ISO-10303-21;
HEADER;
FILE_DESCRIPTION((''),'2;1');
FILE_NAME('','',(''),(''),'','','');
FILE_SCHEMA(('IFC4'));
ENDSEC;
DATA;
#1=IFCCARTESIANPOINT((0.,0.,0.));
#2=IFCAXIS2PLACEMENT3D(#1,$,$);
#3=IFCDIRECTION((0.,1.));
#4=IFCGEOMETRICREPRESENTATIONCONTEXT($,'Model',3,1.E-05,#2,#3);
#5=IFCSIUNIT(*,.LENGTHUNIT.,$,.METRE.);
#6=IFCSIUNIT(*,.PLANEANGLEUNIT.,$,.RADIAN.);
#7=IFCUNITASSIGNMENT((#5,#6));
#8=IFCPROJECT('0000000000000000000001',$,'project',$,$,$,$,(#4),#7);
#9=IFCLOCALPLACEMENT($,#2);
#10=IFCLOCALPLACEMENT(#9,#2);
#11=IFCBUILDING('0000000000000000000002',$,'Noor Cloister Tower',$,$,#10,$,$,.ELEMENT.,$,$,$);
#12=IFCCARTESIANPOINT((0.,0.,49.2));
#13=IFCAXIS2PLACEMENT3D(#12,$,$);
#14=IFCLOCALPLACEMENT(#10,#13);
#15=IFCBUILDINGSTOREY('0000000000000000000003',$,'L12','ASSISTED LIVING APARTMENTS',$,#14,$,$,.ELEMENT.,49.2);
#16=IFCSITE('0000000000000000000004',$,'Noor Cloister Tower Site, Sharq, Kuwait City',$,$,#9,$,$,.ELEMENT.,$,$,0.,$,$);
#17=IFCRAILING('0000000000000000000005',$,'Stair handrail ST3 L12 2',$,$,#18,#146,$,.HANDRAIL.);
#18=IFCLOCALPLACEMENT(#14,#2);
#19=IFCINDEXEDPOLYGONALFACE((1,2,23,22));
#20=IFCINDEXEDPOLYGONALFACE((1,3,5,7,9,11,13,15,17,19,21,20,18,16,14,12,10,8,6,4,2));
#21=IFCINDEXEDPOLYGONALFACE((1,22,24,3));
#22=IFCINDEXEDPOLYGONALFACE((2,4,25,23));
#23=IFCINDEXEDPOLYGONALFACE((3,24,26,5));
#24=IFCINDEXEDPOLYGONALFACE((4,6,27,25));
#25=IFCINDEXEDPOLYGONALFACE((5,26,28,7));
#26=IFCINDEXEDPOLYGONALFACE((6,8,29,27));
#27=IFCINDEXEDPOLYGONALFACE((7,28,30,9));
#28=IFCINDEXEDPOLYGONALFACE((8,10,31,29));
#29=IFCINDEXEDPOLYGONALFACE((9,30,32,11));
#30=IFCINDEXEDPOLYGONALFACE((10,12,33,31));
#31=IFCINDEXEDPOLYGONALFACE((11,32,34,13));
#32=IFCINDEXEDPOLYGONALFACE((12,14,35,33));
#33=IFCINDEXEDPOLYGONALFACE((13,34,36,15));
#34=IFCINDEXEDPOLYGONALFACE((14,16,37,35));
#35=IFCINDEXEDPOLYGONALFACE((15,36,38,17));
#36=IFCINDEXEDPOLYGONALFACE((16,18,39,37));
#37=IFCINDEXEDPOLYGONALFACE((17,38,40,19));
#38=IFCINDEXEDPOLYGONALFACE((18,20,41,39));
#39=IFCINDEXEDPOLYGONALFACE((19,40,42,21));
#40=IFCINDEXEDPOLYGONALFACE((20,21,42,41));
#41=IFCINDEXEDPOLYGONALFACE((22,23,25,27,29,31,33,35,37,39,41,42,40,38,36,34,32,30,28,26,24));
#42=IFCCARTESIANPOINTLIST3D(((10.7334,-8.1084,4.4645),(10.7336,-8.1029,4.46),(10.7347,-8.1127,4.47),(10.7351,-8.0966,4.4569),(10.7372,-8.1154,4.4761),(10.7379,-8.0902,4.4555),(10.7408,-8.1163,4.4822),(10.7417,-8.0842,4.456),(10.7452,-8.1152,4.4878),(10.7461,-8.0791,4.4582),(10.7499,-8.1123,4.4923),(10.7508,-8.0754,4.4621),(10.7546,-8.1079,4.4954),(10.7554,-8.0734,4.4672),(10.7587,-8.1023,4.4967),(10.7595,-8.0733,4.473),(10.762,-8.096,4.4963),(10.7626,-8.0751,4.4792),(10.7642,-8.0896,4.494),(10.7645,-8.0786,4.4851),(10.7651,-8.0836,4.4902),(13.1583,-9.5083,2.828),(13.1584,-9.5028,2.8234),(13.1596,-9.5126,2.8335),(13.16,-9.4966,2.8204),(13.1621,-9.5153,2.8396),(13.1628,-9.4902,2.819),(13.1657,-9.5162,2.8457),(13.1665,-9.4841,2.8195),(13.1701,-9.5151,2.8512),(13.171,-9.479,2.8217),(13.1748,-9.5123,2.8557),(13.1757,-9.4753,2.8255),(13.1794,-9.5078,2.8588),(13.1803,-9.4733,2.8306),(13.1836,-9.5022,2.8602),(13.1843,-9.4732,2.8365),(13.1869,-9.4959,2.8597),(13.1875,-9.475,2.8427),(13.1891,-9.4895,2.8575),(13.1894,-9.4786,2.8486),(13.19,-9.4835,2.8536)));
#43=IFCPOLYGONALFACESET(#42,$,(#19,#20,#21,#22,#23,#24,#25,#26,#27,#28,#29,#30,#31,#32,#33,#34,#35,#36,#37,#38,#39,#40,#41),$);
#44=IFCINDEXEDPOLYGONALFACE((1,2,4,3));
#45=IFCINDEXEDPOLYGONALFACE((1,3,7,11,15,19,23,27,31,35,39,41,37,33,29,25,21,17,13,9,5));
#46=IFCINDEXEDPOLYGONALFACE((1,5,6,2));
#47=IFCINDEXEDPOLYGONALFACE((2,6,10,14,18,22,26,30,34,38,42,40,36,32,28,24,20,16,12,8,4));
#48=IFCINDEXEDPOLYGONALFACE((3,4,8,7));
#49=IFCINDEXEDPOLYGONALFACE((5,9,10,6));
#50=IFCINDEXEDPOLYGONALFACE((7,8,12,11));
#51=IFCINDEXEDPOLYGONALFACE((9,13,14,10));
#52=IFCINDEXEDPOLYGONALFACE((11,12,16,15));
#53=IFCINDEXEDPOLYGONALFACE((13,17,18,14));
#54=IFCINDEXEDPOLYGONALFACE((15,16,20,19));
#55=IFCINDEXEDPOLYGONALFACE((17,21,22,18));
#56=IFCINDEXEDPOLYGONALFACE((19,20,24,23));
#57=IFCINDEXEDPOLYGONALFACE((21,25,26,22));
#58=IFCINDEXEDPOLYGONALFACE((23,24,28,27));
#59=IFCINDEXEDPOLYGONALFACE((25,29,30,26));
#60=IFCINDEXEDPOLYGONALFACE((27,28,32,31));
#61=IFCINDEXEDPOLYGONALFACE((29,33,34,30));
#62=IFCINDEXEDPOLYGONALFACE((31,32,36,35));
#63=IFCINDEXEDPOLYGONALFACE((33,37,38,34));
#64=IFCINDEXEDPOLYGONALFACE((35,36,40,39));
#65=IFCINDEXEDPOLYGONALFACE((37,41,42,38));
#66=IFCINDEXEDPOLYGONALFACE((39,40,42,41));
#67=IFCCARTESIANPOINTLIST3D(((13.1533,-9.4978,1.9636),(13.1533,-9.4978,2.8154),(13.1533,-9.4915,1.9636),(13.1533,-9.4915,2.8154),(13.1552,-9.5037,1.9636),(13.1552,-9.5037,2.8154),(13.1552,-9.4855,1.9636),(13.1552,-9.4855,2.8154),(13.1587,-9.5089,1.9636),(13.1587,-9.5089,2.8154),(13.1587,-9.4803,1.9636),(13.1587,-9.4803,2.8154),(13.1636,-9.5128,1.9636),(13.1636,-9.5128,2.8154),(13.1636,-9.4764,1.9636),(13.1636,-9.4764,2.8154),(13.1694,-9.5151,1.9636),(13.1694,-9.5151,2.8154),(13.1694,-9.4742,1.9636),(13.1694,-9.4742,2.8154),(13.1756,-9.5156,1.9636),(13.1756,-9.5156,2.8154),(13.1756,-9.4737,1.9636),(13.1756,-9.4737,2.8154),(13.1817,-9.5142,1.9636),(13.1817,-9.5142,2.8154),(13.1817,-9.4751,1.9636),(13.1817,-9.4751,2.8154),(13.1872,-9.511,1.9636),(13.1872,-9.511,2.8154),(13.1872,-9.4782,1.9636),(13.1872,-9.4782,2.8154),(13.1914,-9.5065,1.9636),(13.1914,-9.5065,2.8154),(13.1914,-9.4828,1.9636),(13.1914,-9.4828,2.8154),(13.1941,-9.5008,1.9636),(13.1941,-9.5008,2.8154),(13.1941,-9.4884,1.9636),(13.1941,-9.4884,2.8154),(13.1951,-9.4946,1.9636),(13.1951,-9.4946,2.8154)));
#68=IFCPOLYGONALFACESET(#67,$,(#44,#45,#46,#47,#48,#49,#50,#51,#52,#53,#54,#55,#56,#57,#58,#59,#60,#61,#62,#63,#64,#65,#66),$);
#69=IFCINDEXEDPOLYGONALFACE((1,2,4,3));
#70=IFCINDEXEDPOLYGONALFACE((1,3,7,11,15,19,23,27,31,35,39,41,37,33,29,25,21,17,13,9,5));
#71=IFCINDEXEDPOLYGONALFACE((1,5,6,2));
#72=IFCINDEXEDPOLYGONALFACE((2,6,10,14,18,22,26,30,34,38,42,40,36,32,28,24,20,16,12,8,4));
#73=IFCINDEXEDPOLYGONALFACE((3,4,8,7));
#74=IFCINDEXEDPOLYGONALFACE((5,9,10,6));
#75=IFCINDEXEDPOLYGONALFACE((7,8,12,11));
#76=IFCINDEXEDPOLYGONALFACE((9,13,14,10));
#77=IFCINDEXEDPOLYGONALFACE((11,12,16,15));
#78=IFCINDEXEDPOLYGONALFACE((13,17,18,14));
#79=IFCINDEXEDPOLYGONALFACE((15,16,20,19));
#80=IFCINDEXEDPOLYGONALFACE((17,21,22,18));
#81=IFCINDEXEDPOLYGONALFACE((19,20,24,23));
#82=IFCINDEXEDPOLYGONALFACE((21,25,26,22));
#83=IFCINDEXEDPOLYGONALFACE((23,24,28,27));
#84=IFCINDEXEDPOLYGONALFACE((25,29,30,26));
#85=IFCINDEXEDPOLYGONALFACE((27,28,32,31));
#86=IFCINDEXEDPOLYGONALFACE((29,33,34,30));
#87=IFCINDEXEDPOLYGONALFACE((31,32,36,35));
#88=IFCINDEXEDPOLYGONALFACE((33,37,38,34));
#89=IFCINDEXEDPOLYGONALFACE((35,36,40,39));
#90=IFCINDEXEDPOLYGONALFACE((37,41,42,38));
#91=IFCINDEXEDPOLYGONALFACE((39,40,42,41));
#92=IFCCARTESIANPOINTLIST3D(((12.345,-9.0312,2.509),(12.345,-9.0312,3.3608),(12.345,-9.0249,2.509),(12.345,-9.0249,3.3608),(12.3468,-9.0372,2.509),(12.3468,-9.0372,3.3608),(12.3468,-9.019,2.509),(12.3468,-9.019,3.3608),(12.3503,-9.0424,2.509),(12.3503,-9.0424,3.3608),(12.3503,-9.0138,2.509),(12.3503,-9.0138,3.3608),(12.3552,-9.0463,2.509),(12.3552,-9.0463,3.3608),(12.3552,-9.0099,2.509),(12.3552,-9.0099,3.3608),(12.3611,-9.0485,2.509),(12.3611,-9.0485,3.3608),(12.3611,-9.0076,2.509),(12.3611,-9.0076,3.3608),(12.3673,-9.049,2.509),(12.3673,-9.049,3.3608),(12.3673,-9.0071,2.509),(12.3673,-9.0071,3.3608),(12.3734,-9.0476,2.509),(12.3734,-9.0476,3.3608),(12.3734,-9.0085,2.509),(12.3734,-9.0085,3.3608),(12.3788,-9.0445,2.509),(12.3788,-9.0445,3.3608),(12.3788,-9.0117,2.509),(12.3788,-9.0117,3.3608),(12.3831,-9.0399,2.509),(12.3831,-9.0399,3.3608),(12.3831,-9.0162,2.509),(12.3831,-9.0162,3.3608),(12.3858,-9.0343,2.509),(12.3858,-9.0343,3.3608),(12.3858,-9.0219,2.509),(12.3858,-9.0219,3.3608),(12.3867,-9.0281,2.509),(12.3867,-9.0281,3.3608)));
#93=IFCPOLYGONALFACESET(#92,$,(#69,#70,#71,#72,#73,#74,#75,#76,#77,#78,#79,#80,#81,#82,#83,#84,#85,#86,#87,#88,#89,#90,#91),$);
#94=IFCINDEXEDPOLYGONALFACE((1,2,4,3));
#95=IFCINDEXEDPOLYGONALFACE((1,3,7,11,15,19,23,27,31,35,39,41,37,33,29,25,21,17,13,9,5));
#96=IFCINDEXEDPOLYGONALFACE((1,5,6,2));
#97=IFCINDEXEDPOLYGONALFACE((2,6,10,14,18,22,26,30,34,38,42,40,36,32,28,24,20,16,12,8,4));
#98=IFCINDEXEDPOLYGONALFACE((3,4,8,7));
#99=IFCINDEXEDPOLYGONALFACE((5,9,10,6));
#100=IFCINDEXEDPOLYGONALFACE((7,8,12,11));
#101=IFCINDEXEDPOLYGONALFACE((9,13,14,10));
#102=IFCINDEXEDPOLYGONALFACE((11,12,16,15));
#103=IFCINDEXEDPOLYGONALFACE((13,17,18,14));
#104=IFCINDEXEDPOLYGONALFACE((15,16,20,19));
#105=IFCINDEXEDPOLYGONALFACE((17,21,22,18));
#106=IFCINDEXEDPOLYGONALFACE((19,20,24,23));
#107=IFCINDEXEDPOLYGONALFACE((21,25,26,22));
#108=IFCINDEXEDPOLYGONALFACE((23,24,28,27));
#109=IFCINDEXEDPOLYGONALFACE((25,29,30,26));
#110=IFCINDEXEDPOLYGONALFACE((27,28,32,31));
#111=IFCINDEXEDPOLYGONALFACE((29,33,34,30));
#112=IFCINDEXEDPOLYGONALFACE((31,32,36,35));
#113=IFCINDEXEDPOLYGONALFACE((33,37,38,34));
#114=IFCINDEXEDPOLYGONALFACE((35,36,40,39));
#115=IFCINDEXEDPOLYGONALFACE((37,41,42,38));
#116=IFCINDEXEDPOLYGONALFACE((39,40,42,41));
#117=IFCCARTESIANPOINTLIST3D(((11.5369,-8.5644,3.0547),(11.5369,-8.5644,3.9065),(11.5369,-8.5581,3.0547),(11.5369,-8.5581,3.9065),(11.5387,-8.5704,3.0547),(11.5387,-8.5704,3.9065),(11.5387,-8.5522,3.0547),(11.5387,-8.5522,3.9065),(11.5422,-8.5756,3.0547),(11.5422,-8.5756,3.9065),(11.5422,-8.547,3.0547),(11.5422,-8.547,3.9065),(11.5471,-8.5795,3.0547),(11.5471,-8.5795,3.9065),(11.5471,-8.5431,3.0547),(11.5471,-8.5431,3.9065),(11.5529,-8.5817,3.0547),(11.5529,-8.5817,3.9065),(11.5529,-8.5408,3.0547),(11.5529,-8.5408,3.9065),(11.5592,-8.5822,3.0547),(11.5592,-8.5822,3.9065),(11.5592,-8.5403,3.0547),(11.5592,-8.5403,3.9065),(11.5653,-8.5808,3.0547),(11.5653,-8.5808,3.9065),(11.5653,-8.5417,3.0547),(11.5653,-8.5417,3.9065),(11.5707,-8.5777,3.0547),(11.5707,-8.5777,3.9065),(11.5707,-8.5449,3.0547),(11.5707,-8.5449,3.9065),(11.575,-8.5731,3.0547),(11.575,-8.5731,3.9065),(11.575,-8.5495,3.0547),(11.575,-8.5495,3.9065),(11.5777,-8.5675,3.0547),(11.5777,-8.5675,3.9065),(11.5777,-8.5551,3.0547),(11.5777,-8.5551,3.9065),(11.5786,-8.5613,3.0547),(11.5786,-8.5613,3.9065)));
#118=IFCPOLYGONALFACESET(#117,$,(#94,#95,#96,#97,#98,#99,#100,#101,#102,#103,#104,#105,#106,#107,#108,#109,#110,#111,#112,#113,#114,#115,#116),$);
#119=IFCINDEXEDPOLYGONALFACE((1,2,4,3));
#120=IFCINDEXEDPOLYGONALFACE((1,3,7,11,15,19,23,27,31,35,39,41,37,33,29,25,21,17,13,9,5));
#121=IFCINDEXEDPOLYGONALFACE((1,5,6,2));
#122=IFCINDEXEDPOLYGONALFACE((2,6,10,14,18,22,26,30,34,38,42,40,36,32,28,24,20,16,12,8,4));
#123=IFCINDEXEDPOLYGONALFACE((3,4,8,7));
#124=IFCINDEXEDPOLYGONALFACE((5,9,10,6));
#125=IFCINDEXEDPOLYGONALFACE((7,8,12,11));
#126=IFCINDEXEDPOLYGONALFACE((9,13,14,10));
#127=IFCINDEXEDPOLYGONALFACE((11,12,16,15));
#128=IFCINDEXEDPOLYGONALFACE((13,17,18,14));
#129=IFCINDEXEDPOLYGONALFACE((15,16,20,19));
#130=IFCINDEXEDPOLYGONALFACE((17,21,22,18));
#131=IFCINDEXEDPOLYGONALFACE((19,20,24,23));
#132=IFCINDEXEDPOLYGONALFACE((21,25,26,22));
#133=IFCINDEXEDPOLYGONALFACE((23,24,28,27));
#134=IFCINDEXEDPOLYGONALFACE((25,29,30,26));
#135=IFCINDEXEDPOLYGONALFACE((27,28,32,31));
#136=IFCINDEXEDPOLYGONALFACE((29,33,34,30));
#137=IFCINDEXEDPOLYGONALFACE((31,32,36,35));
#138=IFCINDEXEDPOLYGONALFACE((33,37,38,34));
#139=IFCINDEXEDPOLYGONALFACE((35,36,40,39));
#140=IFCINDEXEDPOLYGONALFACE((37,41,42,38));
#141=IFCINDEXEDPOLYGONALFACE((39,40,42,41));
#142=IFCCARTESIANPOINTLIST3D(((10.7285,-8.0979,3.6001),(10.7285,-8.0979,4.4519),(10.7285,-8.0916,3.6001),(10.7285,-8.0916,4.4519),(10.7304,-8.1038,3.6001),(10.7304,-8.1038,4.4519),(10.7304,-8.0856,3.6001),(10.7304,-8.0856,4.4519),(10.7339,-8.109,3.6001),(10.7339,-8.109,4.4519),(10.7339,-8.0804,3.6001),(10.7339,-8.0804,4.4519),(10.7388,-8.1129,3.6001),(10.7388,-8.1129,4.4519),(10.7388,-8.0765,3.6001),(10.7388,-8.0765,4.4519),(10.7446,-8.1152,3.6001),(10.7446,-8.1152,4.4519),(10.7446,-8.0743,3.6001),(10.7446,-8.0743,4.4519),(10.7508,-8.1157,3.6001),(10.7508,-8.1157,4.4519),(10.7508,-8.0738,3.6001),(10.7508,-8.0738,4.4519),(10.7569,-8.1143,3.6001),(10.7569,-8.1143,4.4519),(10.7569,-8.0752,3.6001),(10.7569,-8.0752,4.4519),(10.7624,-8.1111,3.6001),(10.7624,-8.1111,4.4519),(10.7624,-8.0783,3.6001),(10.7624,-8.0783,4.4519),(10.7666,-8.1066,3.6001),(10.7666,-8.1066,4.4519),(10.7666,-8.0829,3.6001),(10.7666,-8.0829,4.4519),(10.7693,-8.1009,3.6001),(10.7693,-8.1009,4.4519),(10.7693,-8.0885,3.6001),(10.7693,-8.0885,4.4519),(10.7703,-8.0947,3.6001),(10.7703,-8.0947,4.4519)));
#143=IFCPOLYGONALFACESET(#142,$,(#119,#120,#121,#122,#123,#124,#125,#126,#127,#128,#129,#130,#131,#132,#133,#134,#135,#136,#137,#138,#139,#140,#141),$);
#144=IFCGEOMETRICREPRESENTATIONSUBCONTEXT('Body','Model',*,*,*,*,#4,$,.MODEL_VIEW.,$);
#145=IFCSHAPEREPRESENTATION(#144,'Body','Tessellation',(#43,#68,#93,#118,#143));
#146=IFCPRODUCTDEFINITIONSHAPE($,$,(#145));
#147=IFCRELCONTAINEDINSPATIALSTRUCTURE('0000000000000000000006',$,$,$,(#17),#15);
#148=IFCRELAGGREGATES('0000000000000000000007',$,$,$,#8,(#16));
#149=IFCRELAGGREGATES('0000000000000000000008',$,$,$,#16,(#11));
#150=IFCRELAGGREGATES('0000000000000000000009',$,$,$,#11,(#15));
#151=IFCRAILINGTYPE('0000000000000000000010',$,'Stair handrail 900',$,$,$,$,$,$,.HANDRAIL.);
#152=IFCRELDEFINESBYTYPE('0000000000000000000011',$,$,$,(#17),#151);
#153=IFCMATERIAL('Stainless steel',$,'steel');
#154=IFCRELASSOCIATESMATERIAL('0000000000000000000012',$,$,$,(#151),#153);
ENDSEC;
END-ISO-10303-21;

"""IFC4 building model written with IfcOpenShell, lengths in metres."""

from ifc_helpers import new_model, si_unit, direction, frame, origin, origin_2d, place, context, subcontext, project, spatial, circle, extrude, material, type_object, element, save


model = new_model("IFC4")

# Units and contexts
model_context = context("Model", 3, precision=1e-05, world=origin(), true_north=direction((0.0, 1.0)))
body_context = subcontext(model_context, "Body", "Model", "MODEL_VIEW")
ifc_project = project(units=[si_unit("LENGTHUNIT", "METRE"), si_unit("PLANEANGLEUNIT", "RADIAN")], contexts=[model_context])

# Site, building, storey
site_placement = place(None, origin())
site = spatial("IfcSite", under=ifc_project, at=site_placement, Name="Noor Cloister Tower Site, Sharq, Kuwait City", CompositionType="ELEMENT", RefElevation=0.0)
building_placement = place(site_placement, origin())
building = spatial("IfcBuilding", under=site, at=building_placement, Name="Noor Cloister Tower", CompositionType="ELEMENT")
storey_placement = place(building_placement, frame((0.0, 0.0, 49.2)))
storey = spatial("IfcBuildingStorey", under=building, at=storey_placement, Name="L12", Description="ASSISTED LIVING APARTMENTS", CompositionType="ELEMENT", Elevation=49.2)

# Railing
ifc_material_1 = material(Name="Stainless steel", Category="steel")
railing_type_1 = type_object("IfcRailingType", Name="Stair handrail 900", PredefinedType="HANDRAIL", material=ifc_material_1)
railing_1_placement = place(storey_placement, frame((13.1741, -9.4946, 1.9636)))
element("IfcRailing", 1, at=railing_1_placement, inside=storey, type_object=railing_type_1, Name="Stair handrail ST3 L12 2", PredefinedType="HANDRAIL", context=body_context, shape_type="SweptSolid", body=[
    extrude(circle(Radius=0.0239, at=origin_2d()), frame((0.0, 0.0, 0.876), z_axis=(-0.74769, 0.431661, 0.504608), x_axis=(-0.499984, -0.866035, 0.0)), (0.0, 0.0, 1.0), 3.2432),
    extrude(circle(Radius=0.021, at=origin_2d()), origin(), (0.0, 0.0, 1.0), 0.8518),
    extrude(circle(Radius=0.021, at=origin_2d()), frame((-0.8083, 0.4666, 0.5454)), (0.0, 0.0, 1.0), 0.8518),
    extrude(circle(Radius=0.021, at=origin_2d()), frame((-1.6165, 0.9333, 1.0911)), (0.0, 0.0, 1.0), 0.8518),
    extrude(circle(Radius=0.021, at=origin_2d()), frame((-2.4248, 1.3999, 1.6365)), (0.0, 0.0, 1.0), 0.8518),
])

save(model, "model.ifc")
